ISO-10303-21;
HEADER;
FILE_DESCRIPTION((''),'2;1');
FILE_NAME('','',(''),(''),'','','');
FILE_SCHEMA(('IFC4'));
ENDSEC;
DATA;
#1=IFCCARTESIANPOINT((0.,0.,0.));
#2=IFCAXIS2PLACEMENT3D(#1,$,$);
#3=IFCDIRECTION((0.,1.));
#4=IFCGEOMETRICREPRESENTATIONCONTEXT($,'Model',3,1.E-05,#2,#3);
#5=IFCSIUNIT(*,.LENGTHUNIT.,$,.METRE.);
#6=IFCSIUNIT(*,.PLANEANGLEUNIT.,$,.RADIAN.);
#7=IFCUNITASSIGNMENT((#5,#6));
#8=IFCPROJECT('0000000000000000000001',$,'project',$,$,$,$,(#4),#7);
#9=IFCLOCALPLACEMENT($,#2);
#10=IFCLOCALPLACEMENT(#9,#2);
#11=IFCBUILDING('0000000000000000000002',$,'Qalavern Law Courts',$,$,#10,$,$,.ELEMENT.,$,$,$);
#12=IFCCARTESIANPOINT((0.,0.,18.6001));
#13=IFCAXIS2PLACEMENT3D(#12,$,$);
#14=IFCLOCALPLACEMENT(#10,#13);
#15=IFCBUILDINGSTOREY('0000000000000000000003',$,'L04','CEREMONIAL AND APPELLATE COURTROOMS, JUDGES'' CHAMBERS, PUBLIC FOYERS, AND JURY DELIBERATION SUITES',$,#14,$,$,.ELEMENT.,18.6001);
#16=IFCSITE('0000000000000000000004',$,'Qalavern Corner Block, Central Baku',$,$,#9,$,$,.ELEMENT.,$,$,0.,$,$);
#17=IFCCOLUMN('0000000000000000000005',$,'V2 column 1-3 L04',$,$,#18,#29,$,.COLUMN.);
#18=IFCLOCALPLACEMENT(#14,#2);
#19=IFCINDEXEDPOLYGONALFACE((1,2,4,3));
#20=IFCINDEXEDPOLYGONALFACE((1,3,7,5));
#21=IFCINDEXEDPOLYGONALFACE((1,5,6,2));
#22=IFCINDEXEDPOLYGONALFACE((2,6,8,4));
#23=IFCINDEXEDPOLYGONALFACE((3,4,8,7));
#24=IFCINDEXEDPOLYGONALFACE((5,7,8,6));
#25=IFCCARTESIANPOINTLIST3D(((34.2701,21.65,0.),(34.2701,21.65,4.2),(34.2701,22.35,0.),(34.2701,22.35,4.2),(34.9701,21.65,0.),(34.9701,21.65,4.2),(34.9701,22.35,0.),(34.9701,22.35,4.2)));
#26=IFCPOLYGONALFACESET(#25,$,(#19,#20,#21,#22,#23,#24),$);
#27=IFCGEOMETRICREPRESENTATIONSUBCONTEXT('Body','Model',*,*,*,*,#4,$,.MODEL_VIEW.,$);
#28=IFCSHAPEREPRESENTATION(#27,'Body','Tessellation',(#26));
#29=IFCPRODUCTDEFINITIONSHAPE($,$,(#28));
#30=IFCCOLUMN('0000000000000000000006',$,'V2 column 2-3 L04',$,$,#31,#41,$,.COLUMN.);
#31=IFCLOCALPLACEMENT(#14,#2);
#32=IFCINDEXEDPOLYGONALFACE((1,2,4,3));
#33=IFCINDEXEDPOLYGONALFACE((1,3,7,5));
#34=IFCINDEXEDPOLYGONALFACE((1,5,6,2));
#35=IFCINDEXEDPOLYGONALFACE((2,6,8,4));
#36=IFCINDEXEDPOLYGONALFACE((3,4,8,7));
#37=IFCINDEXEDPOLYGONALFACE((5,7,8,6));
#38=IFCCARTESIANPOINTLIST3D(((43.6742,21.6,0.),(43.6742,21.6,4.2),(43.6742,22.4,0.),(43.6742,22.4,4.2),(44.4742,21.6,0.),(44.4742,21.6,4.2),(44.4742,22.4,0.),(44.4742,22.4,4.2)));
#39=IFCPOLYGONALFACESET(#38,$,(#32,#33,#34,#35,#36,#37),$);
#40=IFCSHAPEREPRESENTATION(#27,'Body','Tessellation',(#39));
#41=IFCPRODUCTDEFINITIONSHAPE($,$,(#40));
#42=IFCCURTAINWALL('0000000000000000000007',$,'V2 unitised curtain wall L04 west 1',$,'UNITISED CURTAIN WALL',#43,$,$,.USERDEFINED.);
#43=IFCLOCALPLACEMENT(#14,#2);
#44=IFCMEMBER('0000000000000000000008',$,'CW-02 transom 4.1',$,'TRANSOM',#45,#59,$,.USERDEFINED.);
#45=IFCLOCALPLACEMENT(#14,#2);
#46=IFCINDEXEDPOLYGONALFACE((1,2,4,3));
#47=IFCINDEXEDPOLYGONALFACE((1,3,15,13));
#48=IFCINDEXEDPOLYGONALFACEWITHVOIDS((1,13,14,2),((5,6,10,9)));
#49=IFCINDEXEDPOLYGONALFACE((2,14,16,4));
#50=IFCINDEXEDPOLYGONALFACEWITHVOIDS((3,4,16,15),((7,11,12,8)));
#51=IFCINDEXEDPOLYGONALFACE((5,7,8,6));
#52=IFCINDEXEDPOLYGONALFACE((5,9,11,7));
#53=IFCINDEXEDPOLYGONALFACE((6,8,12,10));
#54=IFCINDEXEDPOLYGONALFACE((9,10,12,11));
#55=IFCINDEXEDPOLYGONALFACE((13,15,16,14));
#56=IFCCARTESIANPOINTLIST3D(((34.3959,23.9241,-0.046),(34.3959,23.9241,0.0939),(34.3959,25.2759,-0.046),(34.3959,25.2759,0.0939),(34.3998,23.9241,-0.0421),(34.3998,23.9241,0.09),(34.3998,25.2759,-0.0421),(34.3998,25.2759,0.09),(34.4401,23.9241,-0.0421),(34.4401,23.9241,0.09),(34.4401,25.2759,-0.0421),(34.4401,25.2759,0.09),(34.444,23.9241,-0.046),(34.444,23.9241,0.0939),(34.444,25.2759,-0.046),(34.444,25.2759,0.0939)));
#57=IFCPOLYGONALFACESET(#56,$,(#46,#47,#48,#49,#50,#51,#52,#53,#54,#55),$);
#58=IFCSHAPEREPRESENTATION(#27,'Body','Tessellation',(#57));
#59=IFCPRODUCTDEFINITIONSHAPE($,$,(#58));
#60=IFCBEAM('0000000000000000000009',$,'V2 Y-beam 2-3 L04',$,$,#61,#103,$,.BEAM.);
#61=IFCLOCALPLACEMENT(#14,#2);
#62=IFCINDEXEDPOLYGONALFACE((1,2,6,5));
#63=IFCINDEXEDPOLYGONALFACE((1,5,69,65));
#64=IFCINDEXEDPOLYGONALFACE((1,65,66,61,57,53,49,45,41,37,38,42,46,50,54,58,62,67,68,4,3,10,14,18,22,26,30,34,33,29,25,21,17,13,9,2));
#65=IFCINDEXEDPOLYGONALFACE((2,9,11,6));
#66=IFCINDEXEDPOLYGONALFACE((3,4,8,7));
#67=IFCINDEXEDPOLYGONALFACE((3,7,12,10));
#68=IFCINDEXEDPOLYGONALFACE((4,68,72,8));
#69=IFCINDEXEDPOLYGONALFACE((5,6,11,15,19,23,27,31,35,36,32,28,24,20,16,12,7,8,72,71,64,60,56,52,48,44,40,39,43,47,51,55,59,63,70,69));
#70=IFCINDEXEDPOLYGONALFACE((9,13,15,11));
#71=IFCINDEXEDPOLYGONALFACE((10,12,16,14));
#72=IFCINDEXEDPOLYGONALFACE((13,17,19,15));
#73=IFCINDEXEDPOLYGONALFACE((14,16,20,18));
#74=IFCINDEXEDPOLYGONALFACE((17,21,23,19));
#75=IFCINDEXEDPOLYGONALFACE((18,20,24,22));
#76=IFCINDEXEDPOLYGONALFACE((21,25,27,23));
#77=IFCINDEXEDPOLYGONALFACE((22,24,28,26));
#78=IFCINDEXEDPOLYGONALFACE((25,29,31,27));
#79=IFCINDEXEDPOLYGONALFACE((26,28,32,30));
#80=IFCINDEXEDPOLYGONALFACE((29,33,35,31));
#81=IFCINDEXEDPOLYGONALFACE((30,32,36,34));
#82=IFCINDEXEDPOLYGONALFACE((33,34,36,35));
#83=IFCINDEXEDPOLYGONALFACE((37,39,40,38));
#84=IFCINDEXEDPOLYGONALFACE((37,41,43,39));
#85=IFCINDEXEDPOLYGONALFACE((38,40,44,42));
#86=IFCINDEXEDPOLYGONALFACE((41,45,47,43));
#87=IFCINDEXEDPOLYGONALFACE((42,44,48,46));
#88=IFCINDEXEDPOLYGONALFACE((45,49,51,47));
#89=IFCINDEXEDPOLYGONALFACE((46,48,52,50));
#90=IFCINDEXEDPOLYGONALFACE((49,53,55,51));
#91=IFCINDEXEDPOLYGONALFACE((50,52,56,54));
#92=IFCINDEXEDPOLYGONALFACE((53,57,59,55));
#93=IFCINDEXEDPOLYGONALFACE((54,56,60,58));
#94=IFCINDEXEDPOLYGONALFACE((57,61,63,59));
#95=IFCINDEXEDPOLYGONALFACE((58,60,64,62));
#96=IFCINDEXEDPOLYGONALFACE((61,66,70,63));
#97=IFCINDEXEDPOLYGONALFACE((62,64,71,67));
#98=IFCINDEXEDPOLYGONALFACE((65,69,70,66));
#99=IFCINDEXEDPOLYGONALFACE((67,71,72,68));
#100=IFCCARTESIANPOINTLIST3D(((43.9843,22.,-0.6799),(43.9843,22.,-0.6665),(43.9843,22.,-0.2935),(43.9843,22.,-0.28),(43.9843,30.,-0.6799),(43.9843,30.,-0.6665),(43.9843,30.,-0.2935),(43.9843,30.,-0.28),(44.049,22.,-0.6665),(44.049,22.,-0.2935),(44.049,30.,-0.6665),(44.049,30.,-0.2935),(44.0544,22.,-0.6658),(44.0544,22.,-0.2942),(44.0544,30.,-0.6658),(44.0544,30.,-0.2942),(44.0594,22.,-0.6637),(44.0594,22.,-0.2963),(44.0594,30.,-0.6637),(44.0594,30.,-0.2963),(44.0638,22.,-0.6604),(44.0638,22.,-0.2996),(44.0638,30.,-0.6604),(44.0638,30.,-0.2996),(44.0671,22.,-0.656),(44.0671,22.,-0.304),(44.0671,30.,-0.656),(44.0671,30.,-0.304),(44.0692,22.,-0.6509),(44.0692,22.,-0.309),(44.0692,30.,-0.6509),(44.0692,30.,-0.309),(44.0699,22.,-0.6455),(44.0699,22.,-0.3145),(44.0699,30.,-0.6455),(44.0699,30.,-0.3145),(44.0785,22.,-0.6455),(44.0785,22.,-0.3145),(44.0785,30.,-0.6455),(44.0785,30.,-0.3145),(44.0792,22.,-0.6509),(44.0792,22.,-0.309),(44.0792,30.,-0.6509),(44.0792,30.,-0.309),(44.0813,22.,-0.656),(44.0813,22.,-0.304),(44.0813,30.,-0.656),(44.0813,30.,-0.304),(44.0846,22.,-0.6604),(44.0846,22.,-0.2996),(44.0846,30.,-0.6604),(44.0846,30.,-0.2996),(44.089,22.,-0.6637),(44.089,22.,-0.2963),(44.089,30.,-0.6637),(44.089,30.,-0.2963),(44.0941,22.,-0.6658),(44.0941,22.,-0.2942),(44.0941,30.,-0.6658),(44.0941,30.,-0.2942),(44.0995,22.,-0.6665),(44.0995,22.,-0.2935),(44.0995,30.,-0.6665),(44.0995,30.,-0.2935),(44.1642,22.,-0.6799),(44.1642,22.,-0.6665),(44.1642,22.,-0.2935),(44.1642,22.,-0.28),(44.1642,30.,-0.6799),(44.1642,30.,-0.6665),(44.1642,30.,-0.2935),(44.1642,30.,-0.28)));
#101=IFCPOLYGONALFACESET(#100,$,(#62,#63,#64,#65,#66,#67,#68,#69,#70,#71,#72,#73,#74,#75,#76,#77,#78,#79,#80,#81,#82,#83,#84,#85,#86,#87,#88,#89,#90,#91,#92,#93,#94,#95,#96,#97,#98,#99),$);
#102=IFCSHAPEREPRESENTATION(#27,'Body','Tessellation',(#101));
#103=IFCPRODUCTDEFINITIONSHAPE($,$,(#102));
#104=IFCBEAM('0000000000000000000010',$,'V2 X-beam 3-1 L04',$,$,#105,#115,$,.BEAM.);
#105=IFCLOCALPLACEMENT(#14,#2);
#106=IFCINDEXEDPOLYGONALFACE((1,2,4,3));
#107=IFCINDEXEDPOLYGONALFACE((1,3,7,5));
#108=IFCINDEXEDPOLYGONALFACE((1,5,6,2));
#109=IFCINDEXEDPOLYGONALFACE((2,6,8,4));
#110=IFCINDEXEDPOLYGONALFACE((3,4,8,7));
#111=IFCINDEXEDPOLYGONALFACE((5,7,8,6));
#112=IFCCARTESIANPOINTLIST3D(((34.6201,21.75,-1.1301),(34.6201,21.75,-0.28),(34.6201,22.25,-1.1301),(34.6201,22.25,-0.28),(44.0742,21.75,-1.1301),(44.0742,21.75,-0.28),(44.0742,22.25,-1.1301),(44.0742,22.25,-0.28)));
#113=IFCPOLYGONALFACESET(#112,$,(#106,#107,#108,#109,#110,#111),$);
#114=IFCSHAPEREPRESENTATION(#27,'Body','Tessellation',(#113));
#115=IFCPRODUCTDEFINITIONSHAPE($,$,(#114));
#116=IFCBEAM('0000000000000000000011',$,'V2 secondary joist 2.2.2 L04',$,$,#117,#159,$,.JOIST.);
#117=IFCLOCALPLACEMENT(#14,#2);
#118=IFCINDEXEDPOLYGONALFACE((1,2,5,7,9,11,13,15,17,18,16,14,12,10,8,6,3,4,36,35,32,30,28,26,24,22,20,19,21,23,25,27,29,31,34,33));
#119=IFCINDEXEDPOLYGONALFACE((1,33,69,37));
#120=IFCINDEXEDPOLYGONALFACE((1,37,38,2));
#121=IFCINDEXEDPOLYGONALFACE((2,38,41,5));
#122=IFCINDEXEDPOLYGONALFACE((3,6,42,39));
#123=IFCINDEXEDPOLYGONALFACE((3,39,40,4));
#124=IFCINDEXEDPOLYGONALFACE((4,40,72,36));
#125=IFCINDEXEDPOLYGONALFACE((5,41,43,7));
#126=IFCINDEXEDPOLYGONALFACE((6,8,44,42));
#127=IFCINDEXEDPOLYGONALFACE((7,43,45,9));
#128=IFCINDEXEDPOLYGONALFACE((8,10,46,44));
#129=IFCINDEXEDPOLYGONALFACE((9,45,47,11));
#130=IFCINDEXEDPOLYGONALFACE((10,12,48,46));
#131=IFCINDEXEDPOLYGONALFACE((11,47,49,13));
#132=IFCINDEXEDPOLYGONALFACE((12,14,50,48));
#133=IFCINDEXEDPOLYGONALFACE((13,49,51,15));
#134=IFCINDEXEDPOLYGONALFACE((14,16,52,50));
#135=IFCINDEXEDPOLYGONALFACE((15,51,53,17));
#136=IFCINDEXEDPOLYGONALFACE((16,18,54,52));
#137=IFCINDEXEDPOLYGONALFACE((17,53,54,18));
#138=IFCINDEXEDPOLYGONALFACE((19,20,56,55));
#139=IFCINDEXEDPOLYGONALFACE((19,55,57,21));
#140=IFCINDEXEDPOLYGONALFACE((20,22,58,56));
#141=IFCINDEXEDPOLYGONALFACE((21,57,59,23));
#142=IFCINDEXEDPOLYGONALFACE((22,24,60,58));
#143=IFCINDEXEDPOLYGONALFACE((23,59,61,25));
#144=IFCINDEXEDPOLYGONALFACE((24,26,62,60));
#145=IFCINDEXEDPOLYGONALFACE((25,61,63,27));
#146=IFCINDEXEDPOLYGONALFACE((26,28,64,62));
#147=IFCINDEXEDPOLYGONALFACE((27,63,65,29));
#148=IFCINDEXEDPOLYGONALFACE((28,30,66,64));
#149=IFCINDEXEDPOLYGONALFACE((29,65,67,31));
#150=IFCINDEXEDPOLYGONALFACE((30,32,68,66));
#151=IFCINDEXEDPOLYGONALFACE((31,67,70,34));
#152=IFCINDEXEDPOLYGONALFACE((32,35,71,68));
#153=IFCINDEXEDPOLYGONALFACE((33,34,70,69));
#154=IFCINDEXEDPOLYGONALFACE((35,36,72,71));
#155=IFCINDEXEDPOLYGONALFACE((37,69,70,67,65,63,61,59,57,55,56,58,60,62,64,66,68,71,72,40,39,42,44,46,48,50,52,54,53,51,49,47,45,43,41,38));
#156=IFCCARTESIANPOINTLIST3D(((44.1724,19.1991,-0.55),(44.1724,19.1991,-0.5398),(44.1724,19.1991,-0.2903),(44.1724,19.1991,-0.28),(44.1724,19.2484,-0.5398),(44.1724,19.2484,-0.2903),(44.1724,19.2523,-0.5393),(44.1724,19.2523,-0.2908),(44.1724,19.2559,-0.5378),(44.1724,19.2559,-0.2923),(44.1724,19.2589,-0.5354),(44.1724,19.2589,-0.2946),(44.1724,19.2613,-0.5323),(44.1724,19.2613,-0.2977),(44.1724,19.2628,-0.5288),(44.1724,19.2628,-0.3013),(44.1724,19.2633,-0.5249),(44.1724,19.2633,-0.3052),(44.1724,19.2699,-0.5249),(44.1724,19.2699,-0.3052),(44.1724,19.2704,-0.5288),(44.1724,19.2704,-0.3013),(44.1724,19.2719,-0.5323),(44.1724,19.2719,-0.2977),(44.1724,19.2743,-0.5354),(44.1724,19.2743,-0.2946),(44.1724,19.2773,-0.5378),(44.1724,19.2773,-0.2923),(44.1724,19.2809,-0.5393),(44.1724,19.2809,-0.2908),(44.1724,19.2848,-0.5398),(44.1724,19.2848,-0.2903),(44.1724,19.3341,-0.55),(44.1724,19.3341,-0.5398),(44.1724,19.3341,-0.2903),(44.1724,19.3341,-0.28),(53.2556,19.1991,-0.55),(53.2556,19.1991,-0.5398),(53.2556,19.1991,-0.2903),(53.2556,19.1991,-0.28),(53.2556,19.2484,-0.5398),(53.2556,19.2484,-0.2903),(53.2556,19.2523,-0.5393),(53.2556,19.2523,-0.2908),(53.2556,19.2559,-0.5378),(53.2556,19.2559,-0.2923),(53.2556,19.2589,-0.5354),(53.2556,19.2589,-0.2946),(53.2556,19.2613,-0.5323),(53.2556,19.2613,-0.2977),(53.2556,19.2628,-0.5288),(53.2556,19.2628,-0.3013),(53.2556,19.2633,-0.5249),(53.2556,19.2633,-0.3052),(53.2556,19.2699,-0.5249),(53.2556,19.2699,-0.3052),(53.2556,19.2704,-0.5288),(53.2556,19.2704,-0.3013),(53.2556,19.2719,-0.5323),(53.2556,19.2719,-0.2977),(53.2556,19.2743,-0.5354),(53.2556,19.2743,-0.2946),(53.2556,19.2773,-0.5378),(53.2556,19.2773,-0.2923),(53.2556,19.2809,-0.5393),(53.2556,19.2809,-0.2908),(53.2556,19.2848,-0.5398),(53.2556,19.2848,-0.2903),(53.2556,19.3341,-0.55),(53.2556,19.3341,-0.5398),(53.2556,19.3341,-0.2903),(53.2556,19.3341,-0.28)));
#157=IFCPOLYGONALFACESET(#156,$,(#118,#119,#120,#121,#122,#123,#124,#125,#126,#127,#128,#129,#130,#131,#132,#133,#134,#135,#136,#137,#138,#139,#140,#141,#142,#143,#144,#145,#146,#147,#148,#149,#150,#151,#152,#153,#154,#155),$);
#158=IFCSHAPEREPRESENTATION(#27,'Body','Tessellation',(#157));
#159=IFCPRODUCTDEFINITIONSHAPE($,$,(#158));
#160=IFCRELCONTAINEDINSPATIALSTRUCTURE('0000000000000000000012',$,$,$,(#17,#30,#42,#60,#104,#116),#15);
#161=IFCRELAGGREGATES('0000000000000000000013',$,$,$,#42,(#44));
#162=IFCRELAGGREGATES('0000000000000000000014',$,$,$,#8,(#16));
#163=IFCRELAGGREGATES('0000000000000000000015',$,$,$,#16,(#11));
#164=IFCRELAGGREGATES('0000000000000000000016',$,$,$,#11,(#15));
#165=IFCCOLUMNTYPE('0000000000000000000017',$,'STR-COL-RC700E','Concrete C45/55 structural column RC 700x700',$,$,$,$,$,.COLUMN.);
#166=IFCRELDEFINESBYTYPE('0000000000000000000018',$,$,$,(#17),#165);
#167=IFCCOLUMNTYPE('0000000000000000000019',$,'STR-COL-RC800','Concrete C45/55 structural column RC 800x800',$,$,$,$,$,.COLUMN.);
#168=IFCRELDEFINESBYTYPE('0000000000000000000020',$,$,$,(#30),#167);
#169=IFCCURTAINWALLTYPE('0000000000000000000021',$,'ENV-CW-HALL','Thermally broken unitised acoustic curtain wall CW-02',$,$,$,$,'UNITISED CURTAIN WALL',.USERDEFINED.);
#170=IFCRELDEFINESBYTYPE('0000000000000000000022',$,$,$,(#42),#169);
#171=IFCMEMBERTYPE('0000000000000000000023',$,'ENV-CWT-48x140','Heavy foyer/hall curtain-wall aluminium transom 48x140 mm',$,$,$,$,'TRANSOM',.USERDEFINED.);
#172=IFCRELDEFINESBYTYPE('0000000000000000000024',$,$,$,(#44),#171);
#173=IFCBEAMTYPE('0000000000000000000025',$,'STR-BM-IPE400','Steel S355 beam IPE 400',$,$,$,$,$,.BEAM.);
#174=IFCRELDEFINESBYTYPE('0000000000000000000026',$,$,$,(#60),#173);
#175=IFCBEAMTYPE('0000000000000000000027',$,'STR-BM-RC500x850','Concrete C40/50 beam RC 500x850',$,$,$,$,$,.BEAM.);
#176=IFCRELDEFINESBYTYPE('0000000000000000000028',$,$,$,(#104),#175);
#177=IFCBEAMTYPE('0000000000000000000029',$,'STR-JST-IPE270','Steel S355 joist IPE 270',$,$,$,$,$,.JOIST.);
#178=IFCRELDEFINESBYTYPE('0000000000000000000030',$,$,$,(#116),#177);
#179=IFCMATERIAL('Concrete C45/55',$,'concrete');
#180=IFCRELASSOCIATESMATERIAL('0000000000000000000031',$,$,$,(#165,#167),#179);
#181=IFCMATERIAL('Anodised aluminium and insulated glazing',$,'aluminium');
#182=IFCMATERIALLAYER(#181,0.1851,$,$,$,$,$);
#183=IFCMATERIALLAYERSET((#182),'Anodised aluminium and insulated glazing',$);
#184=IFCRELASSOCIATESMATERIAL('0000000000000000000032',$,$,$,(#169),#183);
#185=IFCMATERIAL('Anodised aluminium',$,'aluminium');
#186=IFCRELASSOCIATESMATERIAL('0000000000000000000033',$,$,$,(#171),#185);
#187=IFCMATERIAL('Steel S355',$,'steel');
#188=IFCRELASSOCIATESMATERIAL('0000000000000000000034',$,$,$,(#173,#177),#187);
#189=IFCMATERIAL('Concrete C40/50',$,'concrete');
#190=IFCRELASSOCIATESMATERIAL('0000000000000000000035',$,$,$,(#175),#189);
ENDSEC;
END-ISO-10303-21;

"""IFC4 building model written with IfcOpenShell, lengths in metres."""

from ifc_helpers import new_model, si_unit, direction, frame, origin, origin_2d, place, context, subcontext, project, spatial, rectangle, hollow_rectangle, i_section, extrude, material, layer, layer_set, material_profile, profile_set, type_object, element, aggregate, save


model = new_model("IFC4")

# Units and contexts
model_context = context("Model", 3, precision=1e-05, world=origin(), true_north=direction((0.0, 1.0)))
body_context = subcontext(model_context, "Body", "Model", "MODEL_VIEW")
ifc_project = project(units=[si_unit("LENGTHUNIT", "METRE"), si_unit("PLANEANGLEUNIT", "RADIAN")], contexts=[model_context])

# Site, building, storey
site_placement = place(None, origin())
site = spatial("IfcSite", under=ifc_project, at=site_placement, Name="Qalavern Corner Block, Central Baku", CompositionType="ELEMENT", RefElevation=0.0)
building_placement = place(site_placement, origin())
building = spatial("IfcBuilding", under=site, at=building_placement, Name="Qalavern Law Courts", CompositionType="ELEMENT")
storey_placement = place(building_placement, frame((0.0, 0.0, 18.6001)))
storey = spatial("IfcBuildingStorey", under=building, at=storey_placement, Name="L04", Description="CEREMONIAL AND APPELLATE COURTROOMS, JUDGES' CHAMBERS, PUBLIC FOYERS, AND JURY DELIBERATION SUITES", CompositionType="ELEMENT", Elevation=18.6001)

# Columns
ifc_material_1 = material(Name="Concrete C45/55", Category="concrete")
ifc_material_profile_1 = material_profile(ifc_material_1, rectangle(XDim=0.7, YDim=0.7, at=origin_2d()), Name="RC 700x700")
ifc_profile_set_1 = profile_set([ifc_material_profile_1], Name="Concrete C45/55")
column_type_1 = type_object("IfcColumnType", Name="STR-COL-RC700E", Description="Concrete C45/55 structural column RC 700x700", PredefinedType="COLUMN", material=ifc_profile_set_1)
column_1_placement = place(storey_placement, frame((34.6201, 22.0, 0.0), z_axis=(0.0, 0.0, 1.0), x_axis=(1.0, 0.0, 0.0)))
element("IfcColumn", 1, at=column_1_placement, inside=storey, type_object=column_type_1, Name="V2 column 1-3 L04", PredefinedType="COLUMN", context=body_context, shape_type="SweptSolid", body=[
    extrude(rectangle(XDim=0.7, YDim=0.7, at=origin_2d()), origin(), (0.0, 0.0, 1.0), 4.2),
])
ifc_material_profile_2 = material_profile(ifc_material_1, rectangle(XDim=0.8, YDim=0.8, at=origin_2d()), Name="RC 800x800")
ifc_profile_set_2 = profile_set([ifc_material_profile_2], Name="Concrete C45/55")
column_type_2 = type_object("IfcColumnType", Name="STR-COL-RC800", Description="Concrete C45/55 structural column RC 800x800", PredefinedType="COLUMN", material=ifc_profile_set_2)
column_2_placement = place(storey_placement, frame((44.0742, 22.0, 0.0), z_axis=(0.0, 0.0, 1.0), x_axis=(1.0, 0.0, 0.0)))
element("IfcColumn", 2, at=column_2_placement, inside=storey, type_object=column_type_2, Name="V2 column 2-3 L04", PredefinedType="COLUMN", context=body_context, shape_type="SweptSolid", body=[
    extrude(rectangle(XDim=0.8, YDim=0.8, at=origin_2d()), origin(), (0.0, 0.0, 1.0), 4.2),
])

# Curtain wall, member
ifc_material_2 = material(Name="Anodised aluminium and insulated glazing", Category="aluminium")
ifc_layer_1 = layer(ifc_material_2, 0.1851)
ifc_layer_set_1 = layer_set([ifc_layer_1], Name="Anodised aluminium and insulated glazing")
curtain_wall_type = type_object("IfcCurtainWallType", Name="ENV-CW-HALL", Description="Thermally broken unitised acoustic curtain wall CW-02", ElementType="UNITISED CURTAIN WALL", PredefinedType="USERDEFINED", material=ifc_layer_set_1)
curtain_wall_placement = place(storey_placement, origin())
curtain_wall = element("IfcCurtainWall", 3, at=curtain_wall_placement, inside=storey, type_object=curtain_wall_type, Name="V2 unitised curtain wall L04 west 1", ObjectType="UNITISED CURTAIN WALL", PredefinedType="USERDEFINED")
ifc_material_3 = material(Name="Anodised aluminium", Category="aluminium")
ifc_material_profile_3 = material_profile(ifc_material_3, hollow_rectangle(XDim=0.0481, YDim=0.1399, WallThickness=0.0039, at=origin_2d()), Name="ALU TRANSOM 48x140")
ifc_profile_set_3 = profile_set([ifc_material_profile_3], Name="Anodised aluminium")
member_type = type_object("IfcMemberType", Name="ENV-CWT-48x140", Description="Heavy foyer/hall curtain-wall aluminium transom 48x140 mm", ElementType="TRANSOM", PredefinedType="USERDEFINED", material=ifc_profile_set_3)
member_placement = place(storey_placement, frame((34.4199, 25.2759, 0.0239), z_axis=(0.0, -1.0, 0.0), x_axis=(1.0, 0.0, 0.0)))
member = element("IfcMember", 4, at=member_placement, type_object=member_type, Name="CW-02 transom 4.1", ObjectType="TRANSOM", PredefinedType="USERDEFINED", context=body_context, shape_type="SweptSolid", body=[
    extrude(hollow_rectangle(XDim=0.0481, YDim=0.1399, WallThickness=0.0039, at=origin_2d()), origin(), (0.0, 0.0, 1.0), 1.3518),
])
aggregate(curtain_wall, [member])

# Beams
ifc_material_4 = material(Name="Steel S355", Category="steel")
ifc_material_profile_4 = material_profile(ifc_material_4, i_section(OverallWidth=0.1799, OverallDepth=0.3999, WebThickness=0.0085, FlangeThickness=0.0134, FilletRadius=0.021, at=origin_2d()), Name="IPE 400")
ifc_profile_set_4 = profile_set([ifc_material_profile_4], Name="Steel S355")
beam_type_1 = type_object("IfcBeamType", Name="STR-BM-IPE400", Description="Steel S355 beam IPE 400", PredefinedType="BEAM", material=ifc_profile_set_4)
beam_1_placement = place(storey_placement, frame((44.0742, 22.0, -0.48), z_axis=(0.0, 1.0, 0.0), x_axis=(-1.0, 0.0, 0.0)))
element("IfcBeam", 5, at=beam_1_placement, inside=storey, type_object=beam_type_1, Name="V2 Y-beam 2-3 L04", PredefinedType="BEAM", context=body_context, shape_type="SweptSolid", body=[
    extrude(i_section(OverallWidth=0.1799, OverallDepth=0.3999, WebThickness=0.0085, FlangeThickness=0.0134, FilletRadius=0.021, at=origin_2d()), origin(), (0.0, 0.0, 1.0), 8.0),
])
ifc_material_5 = material(Name="Concrete C40/50", Category="concrete")
ifc_material_profile_5 = material_profile(ifc_material_5, rectangle(XDim=0.5, YDim=0.8501, at=origin_2d()), Name="RC 500x850")
ifc_profile_set_5 = profile_set([ifc_material_profile_5], Name="Concrete C40/50")
beam_type_2 = type_object("IfcBeamType", Name="STR-BM-RC500x850", Description="Concrete C40/50 beam RC 500x850", PredefinedType="BEAM", material=ifc_profile_set_5)
beam_2_placement = place(storey_placement, frame((34.6201, 22.0, -0.7051), z_axis=(1.0, 0.0, 0.0), x_axis=(0.0, 1.0, 0.0)))
element("IfcBeam", 6, at=beam_2_placement, inside=storey, type_object=beam_type_2, Name="V2 X-beam 3-1 L04", PredefinedType="BEAM", context=body_context, shape_type="SweptSolid", body=[
    extrude(rectangle(XDim=0.5, YDim=0.8501, at=origin_2d()), origin(), (0.0, 0.0, 1.0), 9.4541),
])
ifc_material_profile_6 = material_profile(ifc_material_4, i_section(OverallWidth=0.135, OverallDepth=0.27, WebThickness=0.0066, FlangeThickness=0.0103, FilletRadius=0.0149, at=origin_2d()), Name="IPE 270")
ifc_profile_set_6 = profile_set([ifc_material_profile_6], Name="Steel S355")
beam_type_3 = type_object("IfcBeamType", Name="STR-JST-IPE270", Description="Steel S355 joist IPE 270", PredefinedType="JOIST", material=ifc_profile_set_6)
beam_3_placement = place(storey_placement, frame((44.1724, 19.2666, -0.415), z_axis=(1.0, 0.0, 0.0), x_axis=(0.0, 1.0, 0.0)))
element("IfcBeam", 7, at=beam_3_placement, inside=storey, type_object=beam_type_3, Name="V2 secondary joist 2.2.2 L04", PredefinedType="JOIST", context=body_context, shape_type="SweptSolid", body=[
    extrude(i_section(OverallWidth=0.135, OverallDepth=0.27, WebThickness=0.0066, FlangeThickness=0.0103, FilletRadius=0.0149, at=origin_2d()), origin(), (0.0, 0.0, 1.0), 9.0833),
])

save(model, "model.ifc")
